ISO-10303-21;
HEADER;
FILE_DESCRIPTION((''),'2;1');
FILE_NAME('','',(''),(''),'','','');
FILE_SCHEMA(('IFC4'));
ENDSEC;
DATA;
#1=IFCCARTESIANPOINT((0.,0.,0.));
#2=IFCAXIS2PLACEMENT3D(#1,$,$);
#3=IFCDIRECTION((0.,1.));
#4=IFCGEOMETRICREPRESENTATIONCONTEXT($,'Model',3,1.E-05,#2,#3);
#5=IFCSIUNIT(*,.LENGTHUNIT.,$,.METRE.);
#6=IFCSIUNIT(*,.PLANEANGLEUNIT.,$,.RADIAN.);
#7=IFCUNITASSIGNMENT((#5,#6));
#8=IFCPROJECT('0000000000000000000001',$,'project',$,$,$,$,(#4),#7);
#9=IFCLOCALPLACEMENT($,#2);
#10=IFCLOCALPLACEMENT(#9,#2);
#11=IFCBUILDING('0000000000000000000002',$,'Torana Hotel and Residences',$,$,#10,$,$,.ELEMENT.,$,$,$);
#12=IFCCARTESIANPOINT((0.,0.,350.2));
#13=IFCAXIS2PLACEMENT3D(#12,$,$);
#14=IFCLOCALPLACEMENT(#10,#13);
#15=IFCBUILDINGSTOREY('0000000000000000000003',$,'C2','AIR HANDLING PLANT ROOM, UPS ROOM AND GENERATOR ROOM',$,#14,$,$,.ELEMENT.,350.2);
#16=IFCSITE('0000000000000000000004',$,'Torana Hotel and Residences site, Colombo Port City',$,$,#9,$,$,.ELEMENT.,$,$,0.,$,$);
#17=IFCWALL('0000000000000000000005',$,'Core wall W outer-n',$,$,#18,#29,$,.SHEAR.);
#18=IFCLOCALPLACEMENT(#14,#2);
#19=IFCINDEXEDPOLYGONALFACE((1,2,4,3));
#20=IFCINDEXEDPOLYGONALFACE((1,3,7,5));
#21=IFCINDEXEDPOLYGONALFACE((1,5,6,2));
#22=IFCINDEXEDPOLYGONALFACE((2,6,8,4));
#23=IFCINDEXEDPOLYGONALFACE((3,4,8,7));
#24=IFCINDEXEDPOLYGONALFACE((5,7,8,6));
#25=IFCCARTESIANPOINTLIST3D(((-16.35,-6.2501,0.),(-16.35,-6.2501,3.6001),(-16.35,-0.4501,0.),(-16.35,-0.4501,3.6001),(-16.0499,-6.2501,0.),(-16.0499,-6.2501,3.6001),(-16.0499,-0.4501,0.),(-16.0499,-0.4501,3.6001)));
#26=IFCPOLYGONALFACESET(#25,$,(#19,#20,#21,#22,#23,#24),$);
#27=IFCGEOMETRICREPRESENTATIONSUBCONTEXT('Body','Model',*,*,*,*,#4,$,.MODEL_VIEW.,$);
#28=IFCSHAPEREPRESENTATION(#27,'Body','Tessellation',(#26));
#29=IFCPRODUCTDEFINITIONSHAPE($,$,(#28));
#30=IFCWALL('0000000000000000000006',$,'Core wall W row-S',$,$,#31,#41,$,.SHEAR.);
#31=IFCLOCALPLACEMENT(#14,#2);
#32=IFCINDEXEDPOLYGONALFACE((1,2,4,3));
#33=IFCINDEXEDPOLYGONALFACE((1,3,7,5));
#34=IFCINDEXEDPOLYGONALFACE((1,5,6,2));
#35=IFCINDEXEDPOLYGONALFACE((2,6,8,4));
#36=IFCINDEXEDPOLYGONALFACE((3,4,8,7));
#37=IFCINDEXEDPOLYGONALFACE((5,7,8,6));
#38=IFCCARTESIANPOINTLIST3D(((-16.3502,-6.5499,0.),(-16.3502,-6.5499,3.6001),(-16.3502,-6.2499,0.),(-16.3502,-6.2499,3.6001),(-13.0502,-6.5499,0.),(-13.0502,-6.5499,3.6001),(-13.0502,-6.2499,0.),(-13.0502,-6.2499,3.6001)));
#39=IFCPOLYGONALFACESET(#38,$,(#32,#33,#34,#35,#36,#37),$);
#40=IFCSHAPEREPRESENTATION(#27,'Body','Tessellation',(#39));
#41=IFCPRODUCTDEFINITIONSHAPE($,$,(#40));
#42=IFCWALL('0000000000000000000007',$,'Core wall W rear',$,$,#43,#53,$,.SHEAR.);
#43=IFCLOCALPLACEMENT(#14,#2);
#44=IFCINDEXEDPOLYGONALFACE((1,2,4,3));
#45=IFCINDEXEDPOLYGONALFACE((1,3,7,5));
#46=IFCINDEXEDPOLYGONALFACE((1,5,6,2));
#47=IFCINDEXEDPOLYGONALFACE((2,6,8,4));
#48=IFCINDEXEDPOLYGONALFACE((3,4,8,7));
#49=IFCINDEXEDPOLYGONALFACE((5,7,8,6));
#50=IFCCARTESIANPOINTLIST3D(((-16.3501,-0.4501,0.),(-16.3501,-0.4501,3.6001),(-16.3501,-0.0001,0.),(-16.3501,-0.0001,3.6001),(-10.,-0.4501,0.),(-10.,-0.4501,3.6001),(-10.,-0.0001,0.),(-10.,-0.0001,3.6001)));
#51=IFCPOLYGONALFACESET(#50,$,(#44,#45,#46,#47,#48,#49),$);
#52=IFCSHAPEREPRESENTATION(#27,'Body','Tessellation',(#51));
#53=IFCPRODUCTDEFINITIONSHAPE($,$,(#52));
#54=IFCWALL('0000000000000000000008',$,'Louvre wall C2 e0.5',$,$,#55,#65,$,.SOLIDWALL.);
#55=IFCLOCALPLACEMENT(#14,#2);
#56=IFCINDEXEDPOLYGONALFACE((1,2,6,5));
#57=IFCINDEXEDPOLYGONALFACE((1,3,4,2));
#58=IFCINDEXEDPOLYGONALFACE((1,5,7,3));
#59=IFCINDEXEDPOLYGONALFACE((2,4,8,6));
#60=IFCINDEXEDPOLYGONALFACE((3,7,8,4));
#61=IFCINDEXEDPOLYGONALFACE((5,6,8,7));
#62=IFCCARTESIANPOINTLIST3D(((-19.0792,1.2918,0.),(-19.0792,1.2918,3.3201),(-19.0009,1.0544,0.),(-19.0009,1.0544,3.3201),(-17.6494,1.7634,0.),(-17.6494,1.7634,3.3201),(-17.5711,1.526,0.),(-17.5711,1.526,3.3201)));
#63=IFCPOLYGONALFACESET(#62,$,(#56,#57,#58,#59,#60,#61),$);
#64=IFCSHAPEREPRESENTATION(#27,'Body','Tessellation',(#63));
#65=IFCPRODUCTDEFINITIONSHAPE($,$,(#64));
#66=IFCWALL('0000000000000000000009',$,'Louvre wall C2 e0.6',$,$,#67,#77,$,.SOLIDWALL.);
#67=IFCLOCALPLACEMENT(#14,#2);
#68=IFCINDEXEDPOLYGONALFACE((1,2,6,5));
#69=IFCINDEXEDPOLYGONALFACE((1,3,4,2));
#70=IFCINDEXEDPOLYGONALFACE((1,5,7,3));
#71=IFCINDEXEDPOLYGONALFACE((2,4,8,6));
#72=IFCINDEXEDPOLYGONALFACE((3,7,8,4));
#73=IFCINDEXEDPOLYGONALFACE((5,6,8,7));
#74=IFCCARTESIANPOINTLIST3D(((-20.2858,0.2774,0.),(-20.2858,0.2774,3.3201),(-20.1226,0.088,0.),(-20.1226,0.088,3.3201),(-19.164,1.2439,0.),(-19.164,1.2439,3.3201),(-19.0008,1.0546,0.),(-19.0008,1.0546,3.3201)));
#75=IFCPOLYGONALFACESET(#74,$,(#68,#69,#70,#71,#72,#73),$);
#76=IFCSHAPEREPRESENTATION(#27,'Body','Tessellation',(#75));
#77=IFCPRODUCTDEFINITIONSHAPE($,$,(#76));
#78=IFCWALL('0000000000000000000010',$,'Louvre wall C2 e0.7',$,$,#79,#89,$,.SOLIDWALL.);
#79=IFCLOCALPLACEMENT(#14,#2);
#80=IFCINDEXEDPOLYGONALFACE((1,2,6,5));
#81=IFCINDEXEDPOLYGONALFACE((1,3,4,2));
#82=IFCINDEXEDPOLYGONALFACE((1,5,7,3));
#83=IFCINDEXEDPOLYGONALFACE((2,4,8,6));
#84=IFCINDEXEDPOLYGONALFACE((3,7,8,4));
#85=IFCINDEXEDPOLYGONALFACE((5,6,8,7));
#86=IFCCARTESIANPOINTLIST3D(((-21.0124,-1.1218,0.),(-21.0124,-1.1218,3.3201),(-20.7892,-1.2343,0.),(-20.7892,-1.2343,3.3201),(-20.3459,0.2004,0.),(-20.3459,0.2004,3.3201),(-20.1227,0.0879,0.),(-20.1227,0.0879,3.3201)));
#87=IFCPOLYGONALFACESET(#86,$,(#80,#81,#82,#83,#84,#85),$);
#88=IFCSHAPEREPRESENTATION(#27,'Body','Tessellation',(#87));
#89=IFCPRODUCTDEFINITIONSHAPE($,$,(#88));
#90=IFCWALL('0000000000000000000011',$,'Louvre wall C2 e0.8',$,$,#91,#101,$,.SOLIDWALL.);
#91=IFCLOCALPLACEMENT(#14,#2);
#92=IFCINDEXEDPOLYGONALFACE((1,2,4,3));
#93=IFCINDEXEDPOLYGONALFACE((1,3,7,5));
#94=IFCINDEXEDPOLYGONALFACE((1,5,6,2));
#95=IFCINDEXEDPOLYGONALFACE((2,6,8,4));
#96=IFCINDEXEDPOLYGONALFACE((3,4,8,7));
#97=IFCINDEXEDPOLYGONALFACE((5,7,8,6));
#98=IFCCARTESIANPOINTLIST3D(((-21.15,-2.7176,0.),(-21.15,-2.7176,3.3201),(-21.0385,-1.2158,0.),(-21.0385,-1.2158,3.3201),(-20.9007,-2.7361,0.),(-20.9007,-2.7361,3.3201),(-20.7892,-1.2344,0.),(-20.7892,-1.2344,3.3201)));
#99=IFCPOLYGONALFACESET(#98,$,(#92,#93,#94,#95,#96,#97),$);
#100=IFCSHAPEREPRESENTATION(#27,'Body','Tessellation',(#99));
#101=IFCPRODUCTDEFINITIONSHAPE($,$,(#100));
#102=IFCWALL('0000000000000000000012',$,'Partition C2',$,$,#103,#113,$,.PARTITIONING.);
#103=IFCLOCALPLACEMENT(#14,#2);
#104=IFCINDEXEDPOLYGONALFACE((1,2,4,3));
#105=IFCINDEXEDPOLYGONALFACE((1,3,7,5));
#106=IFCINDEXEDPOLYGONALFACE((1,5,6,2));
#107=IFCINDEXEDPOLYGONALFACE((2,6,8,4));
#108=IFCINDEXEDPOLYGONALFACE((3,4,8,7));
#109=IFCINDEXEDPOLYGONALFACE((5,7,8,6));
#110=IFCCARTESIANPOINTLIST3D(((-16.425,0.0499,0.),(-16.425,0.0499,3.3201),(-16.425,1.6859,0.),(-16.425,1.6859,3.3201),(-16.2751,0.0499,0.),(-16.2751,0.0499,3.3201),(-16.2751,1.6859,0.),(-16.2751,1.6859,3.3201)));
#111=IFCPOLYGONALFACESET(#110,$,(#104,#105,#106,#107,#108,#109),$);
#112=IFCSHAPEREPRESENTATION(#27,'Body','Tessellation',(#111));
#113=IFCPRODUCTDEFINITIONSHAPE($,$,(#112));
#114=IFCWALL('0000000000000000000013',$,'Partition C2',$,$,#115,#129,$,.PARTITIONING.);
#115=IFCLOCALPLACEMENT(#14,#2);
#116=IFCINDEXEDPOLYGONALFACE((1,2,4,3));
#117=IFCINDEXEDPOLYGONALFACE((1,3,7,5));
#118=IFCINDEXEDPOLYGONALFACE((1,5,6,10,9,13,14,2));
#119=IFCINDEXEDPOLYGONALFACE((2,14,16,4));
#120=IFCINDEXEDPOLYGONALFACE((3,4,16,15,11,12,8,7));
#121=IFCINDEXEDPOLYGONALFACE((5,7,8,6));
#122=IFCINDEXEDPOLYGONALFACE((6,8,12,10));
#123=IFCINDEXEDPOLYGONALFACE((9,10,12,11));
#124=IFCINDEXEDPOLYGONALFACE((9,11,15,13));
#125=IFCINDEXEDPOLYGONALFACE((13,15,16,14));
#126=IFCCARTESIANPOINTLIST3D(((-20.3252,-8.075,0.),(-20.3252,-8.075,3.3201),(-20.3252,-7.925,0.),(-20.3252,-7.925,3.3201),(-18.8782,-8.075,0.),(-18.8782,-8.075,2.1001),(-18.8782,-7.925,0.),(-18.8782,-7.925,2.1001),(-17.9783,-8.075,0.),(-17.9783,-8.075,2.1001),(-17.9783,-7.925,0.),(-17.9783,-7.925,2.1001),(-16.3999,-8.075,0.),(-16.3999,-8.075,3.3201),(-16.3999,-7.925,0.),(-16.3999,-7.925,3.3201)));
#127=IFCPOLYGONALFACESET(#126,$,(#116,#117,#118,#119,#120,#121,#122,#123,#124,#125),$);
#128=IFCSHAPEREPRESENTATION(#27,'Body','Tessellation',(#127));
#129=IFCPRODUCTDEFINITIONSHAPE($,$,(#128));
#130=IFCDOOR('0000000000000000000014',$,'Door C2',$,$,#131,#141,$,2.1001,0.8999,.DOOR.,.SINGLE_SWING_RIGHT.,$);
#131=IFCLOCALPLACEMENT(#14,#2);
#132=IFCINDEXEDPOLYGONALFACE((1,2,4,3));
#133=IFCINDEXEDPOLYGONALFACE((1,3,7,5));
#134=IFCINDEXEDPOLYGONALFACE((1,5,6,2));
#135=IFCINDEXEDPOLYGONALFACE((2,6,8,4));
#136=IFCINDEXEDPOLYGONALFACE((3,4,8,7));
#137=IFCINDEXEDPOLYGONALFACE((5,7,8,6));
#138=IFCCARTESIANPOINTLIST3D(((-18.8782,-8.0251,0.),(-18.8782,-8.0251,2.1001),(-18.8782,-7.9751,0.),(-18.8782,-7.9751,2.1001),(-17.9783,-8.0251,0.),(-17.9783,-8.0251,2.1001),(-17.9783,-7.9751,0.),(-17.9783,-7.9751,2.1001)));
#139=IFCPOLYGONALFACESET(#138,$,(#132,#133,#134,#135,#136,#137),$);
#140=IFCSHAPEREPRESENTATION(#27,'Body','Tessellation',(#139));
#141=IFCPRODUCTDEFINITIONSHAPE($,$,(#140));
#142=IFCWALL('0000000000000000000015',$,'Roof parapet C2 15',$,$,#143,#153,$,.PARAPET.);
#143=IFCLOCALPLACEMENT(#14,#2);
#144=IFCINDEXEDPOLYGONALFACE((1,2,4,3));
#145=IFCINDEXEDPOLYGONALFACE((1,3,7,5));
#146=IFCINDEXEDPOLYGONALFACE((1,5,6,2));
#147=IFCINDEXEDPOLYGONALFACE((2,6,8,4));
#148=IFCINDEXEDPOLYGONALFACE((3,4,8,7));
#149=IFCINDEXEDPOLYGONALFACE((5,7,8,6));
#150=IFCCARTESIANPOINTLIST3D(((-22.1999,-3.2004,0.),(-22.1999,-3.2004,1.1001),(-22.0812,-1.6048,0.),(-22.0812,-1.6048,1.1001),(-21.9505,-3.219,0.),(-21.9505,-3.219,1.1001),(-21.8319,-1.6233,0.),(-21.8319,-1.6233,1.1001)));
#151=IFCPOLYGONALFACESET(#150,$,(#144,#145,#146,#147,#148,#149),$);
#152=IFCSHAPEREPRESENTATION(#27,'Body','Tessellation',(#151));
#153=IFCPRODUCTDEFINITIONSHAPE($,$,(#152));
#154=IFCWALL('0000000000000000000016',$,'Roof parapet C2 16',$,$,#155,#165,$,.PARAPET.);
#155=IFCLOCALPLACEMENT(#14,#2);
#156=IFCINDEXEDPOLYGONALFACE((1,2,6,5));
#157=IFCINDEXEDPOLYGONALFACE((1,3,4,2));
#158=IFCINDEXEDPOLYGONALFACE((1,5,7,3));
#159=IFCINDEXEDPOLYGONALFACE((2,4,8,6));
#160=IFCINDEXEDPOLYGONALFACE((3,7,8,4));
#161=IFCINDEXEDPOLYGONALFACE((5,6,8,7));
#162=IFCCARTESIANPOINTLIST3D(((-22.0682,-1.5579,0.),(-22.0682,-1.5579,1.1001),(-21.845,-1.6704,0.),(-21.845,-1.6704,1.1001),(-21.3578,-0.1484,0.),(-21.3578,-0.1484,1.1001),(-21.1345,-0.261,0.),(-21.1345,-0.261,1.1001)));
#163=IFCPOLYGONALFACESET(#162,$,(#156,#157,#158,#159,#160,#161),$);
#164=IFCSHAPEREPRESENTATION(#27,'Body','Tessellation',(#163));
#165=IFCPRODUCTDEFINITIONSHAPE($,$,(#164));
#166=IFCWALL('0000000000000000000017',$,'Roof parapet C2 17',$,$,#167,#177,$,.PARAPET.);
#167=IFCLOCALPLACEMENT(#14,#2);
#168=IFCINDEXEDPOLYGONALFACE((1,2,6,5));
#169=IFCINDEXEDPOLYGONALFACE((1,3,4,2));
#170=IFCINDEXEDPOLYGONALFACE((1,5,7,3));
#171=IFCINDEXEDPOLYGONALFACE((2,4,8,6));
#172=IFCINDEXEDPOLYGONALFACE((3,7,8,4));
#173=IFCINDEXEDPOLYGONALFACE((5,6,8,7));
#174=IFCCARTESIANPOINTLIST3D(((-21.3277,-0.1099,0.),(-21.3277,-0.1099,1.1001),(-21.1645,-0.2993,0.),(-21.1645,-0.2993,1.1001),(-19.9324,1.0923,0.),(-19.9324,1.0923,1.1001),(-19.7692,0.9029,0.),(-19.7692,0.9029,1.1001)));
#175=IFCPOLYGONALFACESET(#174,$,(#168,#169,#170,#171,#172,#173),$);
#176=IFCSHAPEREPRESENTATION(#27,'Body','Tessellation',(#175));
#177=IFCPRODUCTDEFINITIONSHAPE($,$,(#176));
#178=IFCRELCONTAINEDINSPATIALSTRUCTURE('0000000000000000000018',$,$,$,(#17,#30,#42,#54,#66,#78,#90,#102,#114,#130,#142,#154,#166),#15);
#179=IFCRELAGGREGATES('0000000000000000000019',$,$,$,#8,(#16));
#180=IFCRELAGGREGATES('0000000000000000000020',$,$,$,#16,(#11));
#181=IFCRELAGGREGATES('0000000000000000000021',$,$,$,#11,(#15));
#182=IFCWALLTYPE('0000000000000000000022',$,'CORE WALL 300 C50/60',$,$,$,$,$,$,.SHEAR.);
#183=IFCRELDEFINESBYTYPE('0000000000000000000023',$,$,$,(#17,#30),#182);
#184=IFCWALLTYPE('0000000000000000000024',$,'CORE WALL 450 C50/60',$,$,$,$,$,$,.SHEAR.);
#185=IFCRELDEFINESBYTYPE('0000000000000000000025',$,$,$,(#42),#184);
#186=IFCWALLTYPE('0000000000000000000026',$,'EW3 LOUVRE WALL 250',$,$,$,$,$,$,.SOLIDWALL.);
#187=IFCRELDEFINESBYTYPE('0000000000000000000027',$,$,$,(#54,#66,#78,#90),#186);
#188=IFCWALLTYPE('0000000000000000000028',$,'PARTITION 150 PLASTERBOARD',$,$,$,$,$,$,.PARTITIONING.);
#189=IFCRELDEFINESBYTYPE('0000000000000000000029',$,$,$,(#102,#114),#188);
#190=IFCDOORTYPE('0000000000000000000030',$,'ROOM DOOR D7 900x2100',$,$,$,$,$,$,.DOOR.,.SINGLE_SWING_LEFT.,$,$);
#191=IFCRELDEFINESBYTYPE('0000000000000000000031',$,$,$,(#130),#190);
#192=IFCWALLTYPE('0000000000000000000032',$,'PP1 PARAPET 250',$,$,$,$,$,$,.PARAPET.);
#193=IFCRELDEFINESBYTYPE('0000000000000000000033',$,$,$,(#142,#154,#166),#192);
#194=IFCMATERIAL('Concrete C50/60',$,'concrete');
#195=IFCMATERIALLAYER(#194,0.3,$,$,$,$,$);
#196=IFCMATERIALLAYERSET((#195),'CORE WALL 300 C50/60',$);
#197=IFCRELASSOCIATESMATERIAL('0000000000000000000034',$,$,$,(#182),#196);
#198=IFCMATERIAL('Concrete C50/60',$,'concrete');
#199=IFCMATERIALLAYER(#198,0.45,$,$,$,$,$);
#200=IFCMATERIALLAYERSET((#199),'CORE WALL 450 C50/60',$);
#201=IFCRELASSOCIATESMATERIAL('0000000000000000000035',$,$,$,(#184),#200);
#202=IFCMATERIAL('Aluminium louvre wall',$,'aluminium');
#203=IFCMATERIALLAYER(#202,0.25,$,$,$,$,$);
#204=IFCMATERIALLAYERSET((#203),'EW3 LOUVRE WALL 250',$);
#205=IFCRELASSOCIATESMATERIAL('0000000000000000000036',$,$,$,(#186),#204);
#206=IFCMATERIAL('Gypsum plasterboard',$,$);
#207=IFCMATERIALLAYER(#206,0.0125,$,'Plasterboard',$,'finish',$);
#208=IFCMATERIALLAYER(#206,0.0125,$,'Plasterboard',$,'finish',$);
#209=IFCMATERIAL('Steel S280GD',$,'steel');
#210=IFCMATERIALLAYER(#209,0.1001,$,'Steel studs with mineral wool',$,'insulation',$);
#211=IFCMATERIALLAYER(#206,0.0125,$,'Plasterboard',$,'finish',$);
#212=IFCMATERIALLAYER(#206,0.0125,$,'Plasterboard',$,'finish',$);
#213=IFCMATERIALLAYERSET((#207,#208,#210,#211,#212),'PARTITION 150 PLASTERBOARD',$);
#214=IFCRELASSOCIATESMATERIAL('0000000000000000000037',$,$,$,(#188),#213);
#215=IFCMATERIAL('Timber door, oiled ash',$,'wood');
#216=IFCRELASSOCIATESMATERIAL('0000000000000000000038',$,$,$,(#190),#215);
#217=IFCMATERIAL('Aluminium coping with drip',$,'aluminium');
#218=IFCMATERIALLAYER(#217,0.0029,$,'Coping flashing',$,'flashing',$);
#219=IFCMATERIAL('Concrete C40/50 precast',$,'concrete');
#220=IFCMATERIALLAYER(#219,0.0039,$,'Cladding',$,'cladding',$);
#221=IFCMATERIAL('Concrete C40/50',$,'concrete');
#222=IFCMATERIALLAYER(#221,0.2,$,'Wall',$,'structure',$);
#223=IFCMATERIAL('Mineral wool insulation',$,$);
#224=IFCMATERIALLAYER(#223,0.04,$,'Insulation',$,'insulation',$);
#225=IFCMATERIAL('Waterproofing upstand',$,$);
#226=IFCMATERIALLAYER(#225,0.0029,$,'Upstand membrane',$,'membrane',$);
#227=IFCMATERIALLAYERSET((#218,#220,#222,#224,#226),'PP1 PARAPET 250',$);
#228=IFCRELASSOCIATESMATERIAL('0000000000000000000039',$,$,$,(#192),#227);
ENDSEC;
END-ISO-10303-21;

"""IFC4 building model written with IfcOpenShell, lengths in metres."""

from ifc_helpers import new_model, si_unit, direction, frame, frame_2d, origin, place, context, subcontext, project, spatial, rectangle, extrude, material, layer, layer_set, type_object, element, fill, save


model = new_model("IFC4")

# Units and contexts
model_context = context("Model", 3, precision=1e-05, world=origin(), true_north=direction((0.0, 1.0)))
body_context = subcontext(model_context, "Body", "Model", "MODEL_VIEW")
ifc_project = project(units=[si_unit("LENGTHUNIT", "METRE"), si_unit("PLANEANGLEUNIT", "RADIAN")], contexts=[model_context])

# Site, building, storey
site_placement = place(None, origin())
site = spatial("IfcSite", under=ifc_project, at=site_placement, Name="Torana Hotel and Residences site, Colombo Port City", CompositionType="ELEMENT", RefElevation=0.0)
building_placement = place(site_placement, origin())
building = spatial("IfcBuilding", under=site, at=building_placement, Name="Torana Hotel and Residences", CompositionType="ELEMENT")
storey_placement = place(building_placement, frame((0.0, 0.0, 350.2)))
storey = spatial("IfcBuildingStorey", under=building, at=storey_placement, Name="C2", Description="AIR HANDLING PLANT ROOM, UPS ROOM AND GENERATOR ROOM", CompositionType="ELEMENT", Elevation=350.2)

# Walls
ifc_material_1 = material(Name="Concrete C50/60", Category="concrete")
ifc_layer_1 = layer(ifc_material_1, 0.3)
ifc_layer_set_1 = layer_set([ifc_layer_1], Name="CORE WALL 300 C50/60")
wall_type_1 = type_object("IfcWallType", Name="CORE WALL 300 C50/60", PredefinedType="SHEAR", material=ifc_layer_set_1)
wall_1_placement = place(storey_placement, frame((-16.2, -6.25, 0.0), z_axis=(0.0, 0.0, 1.0), x_axis=(0.0, 1.0, 0.0)))
element("IfcWall", 1, at=wall_1_placement, inside=storey, type_object=wall_type_1, Name="Core wall W outer-n", PredefinedType="SHEAR", context=body_context, shape_type="SweptSolid", body=[
    extrude(rectangle(XDim=5.8, YDim=0.3, at=frame_2d((2.8999, 0.0))), origin(), (0.0, 0.0, 1.0), 3.6001),
])
wall_2_placement = place(storey_placement, frame((-16.3501, -6.3999, 0.0), z_axis=(0.0, 0.0, 1.0), x_axis=(1.0, 0.0, 0.0)))
element("IfcWall", 2, at=wall_2_placement, inside=storey, type_object=wall_type_1, Name="Core wall W row-S", PredefinedType="SHEAR", context=body_context, shape_type="SweptSolid", body=[
    extrude(rectangle(XDim=3.3, YDim=0.3, at=frame_2d((1.6499, 0.0))), origin(), (0.0, 0.0, 1.0), 3.6001),
])
ifc_material_2 = material(Name="Concrete C50/60", Category="concrete")
ifc_layer_2 = layer(ifc_material_2, 0.45)
ifc_layer_set_2 = layer_set([ifc_layer_2], Name="CORE WALL 450 C50/60")
wall_type_2 = type_object("IfcWallType", Name="CORE WALL 450 C50/60", PredefinedType="SHEAR", material=ifc_layer_set_2)
wall_3_placement = place(storey_placement, frame((-16.3501, -0.2251, 0.0), z_axis=(0.0, 0.0, 1.0), x_axis=(1.0, 0.0, 0.0)))
element("IfcWall", 3, at=wall_3_placement, inside=storey, type_object=wall_type_2, Name="Core wall W rear", PredefinedType="SHEAR", context=body_context, shape_type="SweptSolid", body=[
    extrude(rectangle(XDim=6.3501, YDim=0.45, at=frame_2d((3.175, 0.0))), origin(), (0.0, 0.0, 1.0), 3.6001),
])
ifc_material_3 = material(Name="Aluminium louvre wall", Category="aluminium")
ifc_layer_3 = layer(ifc_material_3, 0.25)
ifc_layer_set_3 = layer_set([ifc_layer_3], Name="EW3 LOUVRE WALL 250")
wall_type_3 = type_object("IfcWallType", Name="EW3 LOUVRE WALL 250", PredefinedType="SOLIDWALL", material=ifc_layer_set_3)
wall_4_placement = place(storey_placement, frame((-17.6101, 1.6448, 0.0), z_axis=(0.0, 0.0, 1.0), x_axis=(-0.949668, -0.313259, 0.0)))
element("IfcWall", 4, at=wall_4_placement, inside=storey, type_object=wall_type_3, Name="Louvre wall C2 e0.5", PredefinedType="SOLIDWALL", context=body_context, shape_type="SweptSolid", body=[
    extrude(rectangle(XDim=1.5056, YDim=0.25, at=frame_2d((0.7529, 0.0))), origin(), (0.0, 0.0, 1.0), 3.3201),
])
for number, where, z_axis, x_axis, name in (
    (5, (-19.0825, 1.1492, 0.0), (0.0, 0.0, 1.0), (-0.75759, -0.652731, 0.0), "Louvre wall C2 e0.6"),
    (6, (-20.2344, 0.144, 0.0), (0.0, 0.0, 1.0), (-0.450113, -0.892972, 0.0), "Louvre wall C2 e0.7"),
):
    element("IfcWall", number, at=place(storey_placement, frame(where, z_axis=z_axis, x_axis=x_axis)), inside=storey, type_object=wall_type_3, Name=name, PredefinedType="SOLIDWALL", context=body_context, shape_type="SweptSolid", body=[
        extrude(rectangle(XDim=1.4807, YDim=0.25, at=frame_2d((0.7402, 0.0))), origin(), (0.0, 0.0, 1.0), 3.3201),
    ])
wall_5_placement = place(storey_placement, frame((-20.9138, -1.2251, 0.0), z_axis=(0.0, 0.0, 1.0), x_axis=(-0.074093, -0.997251, 0.0)))
element("IfcWall", 7, at=wall_5_placement, inside=storey, type_object=wall_type_3, Name="Louvre wall C2 e0.8", PredefinedType="SOLIDWALL", context=body_context, shape_type="SweptSolid", body=[
    extrude(rectangle(XDim=1.5059, YDim=0.25, at=frame_2d((0.7529, 0.0))), origin(), (0.0, 0.0, 1.0), 3.3201),
])
ifc_material_4 = material(Name="Gypsum plasterboard")
ifc_layer_4 = layer(ifc_material_4, 0.0125, Name="Plasterboard", Category="finish")
ifc_layer_5 = layer(ifc_material_4, 0.0125, Name="Plasterboard", Category="finish")
ifc_material_5 = material(Name="Steel S280GD", Category="steel")
ifc_layer_6 = layer(ifc_material_5, 0.1001, Name="Steel studs with mineral wool", Category="insulation")
ifc_layer_7 = layer(ifc_material_4, 0.0125, Name="Plasterboard", Category="finish")
ifc_layer_8 = layer(ifc_material_4, 0.0125, Name="Plasterboard", Category="finish")
ifc_layer_set_4 = layer_set([ifc_layer_4, ifc_layer_5, ifc_layer_6, ifc_layer_7, ifc_layer_8], Name="PARTITION 150 PLASTERBOARD")
wall_type_4 = type_object("IfcWallType", Name="PARTITION 150 PLASTERBOARD", PredefinedType="PARTITIONING", material=ifc_layer_set_4)
wall_6_placement = place(storey_placement, frame((-16.3501, 0.05, 0.0), z_axis=(0.0, 0.0, 1.0), x_axis=(0.0, 1.0, 0.0)))
element("IfcWall", 8, at=wall_6_placement, inside=storey, type_object=wall_type_4, Name="Partition C2", PredefinedType="PARTITIONING", context=body_context, shape_type="SweptSolid", body=[
    extrude(rectangle(XDim=1.636, YDim=0.1499, at=frame_2d((0.8179, 0.0))), origin(), (0.0, 0.0, 1.0), 3.3201),
])

# Wall, opening, door
wall_7_placement = place(storey_placement, frame((-20.3252, -8.0, 0.0), z_axis=(0.0, 0.0, 1.0), x_axis=(1.0, 0.0, 0.0)))
wall_7 = element("IfcWall", 9, at=wall_7_placement, inside=storey, type_object=wall_type_4, Name="Partition C2", PredefinedType="PARTITIONING", context=body_context, shape_type="SweptSolid", body=[
    extrude(rectangle(XDim=3.9253, YDim=0.1499, at=frame_2d((1.9626, 0.0))), origin(), (0.0, 0.0, 1.0), 3.3201),
])
opening_placement = place(wall_7_placement, frame((1.447, 0.0, 0.0)))
opening = element("IfcOpeningElement", 10, at=opening_placement, cuts=wall_7, PredefinedType="OPENING", context=body_context, shape_type="SweptSolid", body=[
    extrude(rectangle(XDim=0.8999, YDim=2.1001, at=frame_2d((0.45, 1.05))), frame((0.0, 0.085, 0.0), z_axis=(0.0, -1.0, 0.0), x_axis=(1.0, 0.0, 0.0)), (0.0, 0.0, 1.0), 0.1699),
])
ifc_material_6 = material(Name="Timber door, oiled ash", Category="wood")
door_type = type_object("IfcDoorType", Name="ROOM DOOR D7 900x2100", OperationType="SINGLE_SWING_LEFT", PredefinedType="DOOR", material=ifc_material_6)
door_placement = place(opening_placement, origin())
door = element("IfcDoor", 11, at=door_placement, inside=storey, type_object=door_type, Name="Door C2", OperationType="SINGLE_SWING_RIGHT", OverallHeight=2.1001, OverallWidth=0.8999, PredefinedType="DOOR", context=body_context, shape_type="SweptSolid", body=[
    extrude(rectangle(XDim=0.8999, YDim=2.1001, at=frame_2d((0.45, 1.05))), frame((0.0, 0.0249, 0.0), z_axis=(0.0, -1.0, 0.0), x_axis=(1.0, 0.0, 0.0)), (0.0, 0.0, 1.0), 0.05),
])
fill(opening, door)

# Walls
ifc_material_7 = material(Name="Aluminium coping with drip", Category="aluminium")
ifc_layer_9 = layer(ifc_material_7, 0.0029, Name="Coping flashing", Category="flashing")
ifc_material_8 = material(Name="Concrete C40/50 precast", Category="concrete")
ifc_layer_10 = layer(ifc_material_8, 0.0039, Name="Cladding", Category="cladding")
ifc_material_9 = material(Name="Concrete C40/50", Category="concrete")
ifc_layer_11 = layer(ifc_material_9, 0.2, Name="Wall", Category="structure")
ifc_material_10 = material(Name="Mineral wool insulation")
ifc_layer_12 = layer(ifc_material_10, 0.04, Name="Insulation", Category="insulation")
ifc_material_11 = material(Name="Waterproofing upstand")
ifc_layer_13 = layer(ifc_material_11, 0.0029, Name="Upstand membrane", Category="membrane")
ifc_layer_set_5 = layer_set([ifc_layer_9, ifc_layer_10, ifc_layer_11, ifc_layer_12, ifc_layer_13], Name="PP1 PARAPET 250")
wall_type_5 = type_object("IfcWallType", Name="PP1 PARAPET 250", PredefinedType="PARAPET", material=ifc_layer_set_5)
wall_8_placement = place(storey_placement, frame((-22.0752, -3.2097, 0.0), z_axis=(0.0, 0.0, 1.0), x_axis=(0.074153, 0.997247, 0.0)))
element("IfcWall", 12, at=wall_8_placement, inside=storey, type_object=wall_type_5, Name="Roof parapet C2 15", PredefinedType="PARAPET", context=body_context, shape_type="SweptSolid", body=[
    extrude(rectangle(XDim=1.6001, YDim=0.25, at=frame_2d((0.8, 0.0))), origin(), (0.0, 0.0, 1.0), 1.1001),
])
wall_9_placement = place(storey_placement, frame((-21.9565, -1.614, 0.0), z_axis=(0.0, 0.0, 1.0), x_axis=(0.450119, 0.892968, 0.0)))
element("IfcWall", 13, at=wall_9_placement, inside=storey, type_object=wall_type_5, Name="Roof parapet C2 16", PredefinedType="PARAPET", context=body_context, shape_type="SweptSolid", body=[
    extrude(rectangle(XDim=1.5784, YDim=0.25, at=frame_2d((0.7891, 0.0))), origin(), (0.0, 0.0, 1.0), 1.1001),
])
wall_10_placement = place(storey_placement, frame((-21.2461, -0.2046, 0.0), z_axis=(0.0, 0.0, 1.0), x_axis=(0.757589, 0.652732, 0.0)))
element("IfcWall", 14, at=wall_10_placement, inside=storey, type_object=wall_type_5, Name="Roof parapet C2 17", PredefinedType="PARAPET", context=body_context, shape_type="SweptSolid", body=[
    extrude(rectangle(XDim=1.8418, YDim=0.25, at=frame_2d((0.9209, 0.0))), origin(), (0.0, 0.0, 1.0), 1.1001),
])

save(model, "model.ifc")
